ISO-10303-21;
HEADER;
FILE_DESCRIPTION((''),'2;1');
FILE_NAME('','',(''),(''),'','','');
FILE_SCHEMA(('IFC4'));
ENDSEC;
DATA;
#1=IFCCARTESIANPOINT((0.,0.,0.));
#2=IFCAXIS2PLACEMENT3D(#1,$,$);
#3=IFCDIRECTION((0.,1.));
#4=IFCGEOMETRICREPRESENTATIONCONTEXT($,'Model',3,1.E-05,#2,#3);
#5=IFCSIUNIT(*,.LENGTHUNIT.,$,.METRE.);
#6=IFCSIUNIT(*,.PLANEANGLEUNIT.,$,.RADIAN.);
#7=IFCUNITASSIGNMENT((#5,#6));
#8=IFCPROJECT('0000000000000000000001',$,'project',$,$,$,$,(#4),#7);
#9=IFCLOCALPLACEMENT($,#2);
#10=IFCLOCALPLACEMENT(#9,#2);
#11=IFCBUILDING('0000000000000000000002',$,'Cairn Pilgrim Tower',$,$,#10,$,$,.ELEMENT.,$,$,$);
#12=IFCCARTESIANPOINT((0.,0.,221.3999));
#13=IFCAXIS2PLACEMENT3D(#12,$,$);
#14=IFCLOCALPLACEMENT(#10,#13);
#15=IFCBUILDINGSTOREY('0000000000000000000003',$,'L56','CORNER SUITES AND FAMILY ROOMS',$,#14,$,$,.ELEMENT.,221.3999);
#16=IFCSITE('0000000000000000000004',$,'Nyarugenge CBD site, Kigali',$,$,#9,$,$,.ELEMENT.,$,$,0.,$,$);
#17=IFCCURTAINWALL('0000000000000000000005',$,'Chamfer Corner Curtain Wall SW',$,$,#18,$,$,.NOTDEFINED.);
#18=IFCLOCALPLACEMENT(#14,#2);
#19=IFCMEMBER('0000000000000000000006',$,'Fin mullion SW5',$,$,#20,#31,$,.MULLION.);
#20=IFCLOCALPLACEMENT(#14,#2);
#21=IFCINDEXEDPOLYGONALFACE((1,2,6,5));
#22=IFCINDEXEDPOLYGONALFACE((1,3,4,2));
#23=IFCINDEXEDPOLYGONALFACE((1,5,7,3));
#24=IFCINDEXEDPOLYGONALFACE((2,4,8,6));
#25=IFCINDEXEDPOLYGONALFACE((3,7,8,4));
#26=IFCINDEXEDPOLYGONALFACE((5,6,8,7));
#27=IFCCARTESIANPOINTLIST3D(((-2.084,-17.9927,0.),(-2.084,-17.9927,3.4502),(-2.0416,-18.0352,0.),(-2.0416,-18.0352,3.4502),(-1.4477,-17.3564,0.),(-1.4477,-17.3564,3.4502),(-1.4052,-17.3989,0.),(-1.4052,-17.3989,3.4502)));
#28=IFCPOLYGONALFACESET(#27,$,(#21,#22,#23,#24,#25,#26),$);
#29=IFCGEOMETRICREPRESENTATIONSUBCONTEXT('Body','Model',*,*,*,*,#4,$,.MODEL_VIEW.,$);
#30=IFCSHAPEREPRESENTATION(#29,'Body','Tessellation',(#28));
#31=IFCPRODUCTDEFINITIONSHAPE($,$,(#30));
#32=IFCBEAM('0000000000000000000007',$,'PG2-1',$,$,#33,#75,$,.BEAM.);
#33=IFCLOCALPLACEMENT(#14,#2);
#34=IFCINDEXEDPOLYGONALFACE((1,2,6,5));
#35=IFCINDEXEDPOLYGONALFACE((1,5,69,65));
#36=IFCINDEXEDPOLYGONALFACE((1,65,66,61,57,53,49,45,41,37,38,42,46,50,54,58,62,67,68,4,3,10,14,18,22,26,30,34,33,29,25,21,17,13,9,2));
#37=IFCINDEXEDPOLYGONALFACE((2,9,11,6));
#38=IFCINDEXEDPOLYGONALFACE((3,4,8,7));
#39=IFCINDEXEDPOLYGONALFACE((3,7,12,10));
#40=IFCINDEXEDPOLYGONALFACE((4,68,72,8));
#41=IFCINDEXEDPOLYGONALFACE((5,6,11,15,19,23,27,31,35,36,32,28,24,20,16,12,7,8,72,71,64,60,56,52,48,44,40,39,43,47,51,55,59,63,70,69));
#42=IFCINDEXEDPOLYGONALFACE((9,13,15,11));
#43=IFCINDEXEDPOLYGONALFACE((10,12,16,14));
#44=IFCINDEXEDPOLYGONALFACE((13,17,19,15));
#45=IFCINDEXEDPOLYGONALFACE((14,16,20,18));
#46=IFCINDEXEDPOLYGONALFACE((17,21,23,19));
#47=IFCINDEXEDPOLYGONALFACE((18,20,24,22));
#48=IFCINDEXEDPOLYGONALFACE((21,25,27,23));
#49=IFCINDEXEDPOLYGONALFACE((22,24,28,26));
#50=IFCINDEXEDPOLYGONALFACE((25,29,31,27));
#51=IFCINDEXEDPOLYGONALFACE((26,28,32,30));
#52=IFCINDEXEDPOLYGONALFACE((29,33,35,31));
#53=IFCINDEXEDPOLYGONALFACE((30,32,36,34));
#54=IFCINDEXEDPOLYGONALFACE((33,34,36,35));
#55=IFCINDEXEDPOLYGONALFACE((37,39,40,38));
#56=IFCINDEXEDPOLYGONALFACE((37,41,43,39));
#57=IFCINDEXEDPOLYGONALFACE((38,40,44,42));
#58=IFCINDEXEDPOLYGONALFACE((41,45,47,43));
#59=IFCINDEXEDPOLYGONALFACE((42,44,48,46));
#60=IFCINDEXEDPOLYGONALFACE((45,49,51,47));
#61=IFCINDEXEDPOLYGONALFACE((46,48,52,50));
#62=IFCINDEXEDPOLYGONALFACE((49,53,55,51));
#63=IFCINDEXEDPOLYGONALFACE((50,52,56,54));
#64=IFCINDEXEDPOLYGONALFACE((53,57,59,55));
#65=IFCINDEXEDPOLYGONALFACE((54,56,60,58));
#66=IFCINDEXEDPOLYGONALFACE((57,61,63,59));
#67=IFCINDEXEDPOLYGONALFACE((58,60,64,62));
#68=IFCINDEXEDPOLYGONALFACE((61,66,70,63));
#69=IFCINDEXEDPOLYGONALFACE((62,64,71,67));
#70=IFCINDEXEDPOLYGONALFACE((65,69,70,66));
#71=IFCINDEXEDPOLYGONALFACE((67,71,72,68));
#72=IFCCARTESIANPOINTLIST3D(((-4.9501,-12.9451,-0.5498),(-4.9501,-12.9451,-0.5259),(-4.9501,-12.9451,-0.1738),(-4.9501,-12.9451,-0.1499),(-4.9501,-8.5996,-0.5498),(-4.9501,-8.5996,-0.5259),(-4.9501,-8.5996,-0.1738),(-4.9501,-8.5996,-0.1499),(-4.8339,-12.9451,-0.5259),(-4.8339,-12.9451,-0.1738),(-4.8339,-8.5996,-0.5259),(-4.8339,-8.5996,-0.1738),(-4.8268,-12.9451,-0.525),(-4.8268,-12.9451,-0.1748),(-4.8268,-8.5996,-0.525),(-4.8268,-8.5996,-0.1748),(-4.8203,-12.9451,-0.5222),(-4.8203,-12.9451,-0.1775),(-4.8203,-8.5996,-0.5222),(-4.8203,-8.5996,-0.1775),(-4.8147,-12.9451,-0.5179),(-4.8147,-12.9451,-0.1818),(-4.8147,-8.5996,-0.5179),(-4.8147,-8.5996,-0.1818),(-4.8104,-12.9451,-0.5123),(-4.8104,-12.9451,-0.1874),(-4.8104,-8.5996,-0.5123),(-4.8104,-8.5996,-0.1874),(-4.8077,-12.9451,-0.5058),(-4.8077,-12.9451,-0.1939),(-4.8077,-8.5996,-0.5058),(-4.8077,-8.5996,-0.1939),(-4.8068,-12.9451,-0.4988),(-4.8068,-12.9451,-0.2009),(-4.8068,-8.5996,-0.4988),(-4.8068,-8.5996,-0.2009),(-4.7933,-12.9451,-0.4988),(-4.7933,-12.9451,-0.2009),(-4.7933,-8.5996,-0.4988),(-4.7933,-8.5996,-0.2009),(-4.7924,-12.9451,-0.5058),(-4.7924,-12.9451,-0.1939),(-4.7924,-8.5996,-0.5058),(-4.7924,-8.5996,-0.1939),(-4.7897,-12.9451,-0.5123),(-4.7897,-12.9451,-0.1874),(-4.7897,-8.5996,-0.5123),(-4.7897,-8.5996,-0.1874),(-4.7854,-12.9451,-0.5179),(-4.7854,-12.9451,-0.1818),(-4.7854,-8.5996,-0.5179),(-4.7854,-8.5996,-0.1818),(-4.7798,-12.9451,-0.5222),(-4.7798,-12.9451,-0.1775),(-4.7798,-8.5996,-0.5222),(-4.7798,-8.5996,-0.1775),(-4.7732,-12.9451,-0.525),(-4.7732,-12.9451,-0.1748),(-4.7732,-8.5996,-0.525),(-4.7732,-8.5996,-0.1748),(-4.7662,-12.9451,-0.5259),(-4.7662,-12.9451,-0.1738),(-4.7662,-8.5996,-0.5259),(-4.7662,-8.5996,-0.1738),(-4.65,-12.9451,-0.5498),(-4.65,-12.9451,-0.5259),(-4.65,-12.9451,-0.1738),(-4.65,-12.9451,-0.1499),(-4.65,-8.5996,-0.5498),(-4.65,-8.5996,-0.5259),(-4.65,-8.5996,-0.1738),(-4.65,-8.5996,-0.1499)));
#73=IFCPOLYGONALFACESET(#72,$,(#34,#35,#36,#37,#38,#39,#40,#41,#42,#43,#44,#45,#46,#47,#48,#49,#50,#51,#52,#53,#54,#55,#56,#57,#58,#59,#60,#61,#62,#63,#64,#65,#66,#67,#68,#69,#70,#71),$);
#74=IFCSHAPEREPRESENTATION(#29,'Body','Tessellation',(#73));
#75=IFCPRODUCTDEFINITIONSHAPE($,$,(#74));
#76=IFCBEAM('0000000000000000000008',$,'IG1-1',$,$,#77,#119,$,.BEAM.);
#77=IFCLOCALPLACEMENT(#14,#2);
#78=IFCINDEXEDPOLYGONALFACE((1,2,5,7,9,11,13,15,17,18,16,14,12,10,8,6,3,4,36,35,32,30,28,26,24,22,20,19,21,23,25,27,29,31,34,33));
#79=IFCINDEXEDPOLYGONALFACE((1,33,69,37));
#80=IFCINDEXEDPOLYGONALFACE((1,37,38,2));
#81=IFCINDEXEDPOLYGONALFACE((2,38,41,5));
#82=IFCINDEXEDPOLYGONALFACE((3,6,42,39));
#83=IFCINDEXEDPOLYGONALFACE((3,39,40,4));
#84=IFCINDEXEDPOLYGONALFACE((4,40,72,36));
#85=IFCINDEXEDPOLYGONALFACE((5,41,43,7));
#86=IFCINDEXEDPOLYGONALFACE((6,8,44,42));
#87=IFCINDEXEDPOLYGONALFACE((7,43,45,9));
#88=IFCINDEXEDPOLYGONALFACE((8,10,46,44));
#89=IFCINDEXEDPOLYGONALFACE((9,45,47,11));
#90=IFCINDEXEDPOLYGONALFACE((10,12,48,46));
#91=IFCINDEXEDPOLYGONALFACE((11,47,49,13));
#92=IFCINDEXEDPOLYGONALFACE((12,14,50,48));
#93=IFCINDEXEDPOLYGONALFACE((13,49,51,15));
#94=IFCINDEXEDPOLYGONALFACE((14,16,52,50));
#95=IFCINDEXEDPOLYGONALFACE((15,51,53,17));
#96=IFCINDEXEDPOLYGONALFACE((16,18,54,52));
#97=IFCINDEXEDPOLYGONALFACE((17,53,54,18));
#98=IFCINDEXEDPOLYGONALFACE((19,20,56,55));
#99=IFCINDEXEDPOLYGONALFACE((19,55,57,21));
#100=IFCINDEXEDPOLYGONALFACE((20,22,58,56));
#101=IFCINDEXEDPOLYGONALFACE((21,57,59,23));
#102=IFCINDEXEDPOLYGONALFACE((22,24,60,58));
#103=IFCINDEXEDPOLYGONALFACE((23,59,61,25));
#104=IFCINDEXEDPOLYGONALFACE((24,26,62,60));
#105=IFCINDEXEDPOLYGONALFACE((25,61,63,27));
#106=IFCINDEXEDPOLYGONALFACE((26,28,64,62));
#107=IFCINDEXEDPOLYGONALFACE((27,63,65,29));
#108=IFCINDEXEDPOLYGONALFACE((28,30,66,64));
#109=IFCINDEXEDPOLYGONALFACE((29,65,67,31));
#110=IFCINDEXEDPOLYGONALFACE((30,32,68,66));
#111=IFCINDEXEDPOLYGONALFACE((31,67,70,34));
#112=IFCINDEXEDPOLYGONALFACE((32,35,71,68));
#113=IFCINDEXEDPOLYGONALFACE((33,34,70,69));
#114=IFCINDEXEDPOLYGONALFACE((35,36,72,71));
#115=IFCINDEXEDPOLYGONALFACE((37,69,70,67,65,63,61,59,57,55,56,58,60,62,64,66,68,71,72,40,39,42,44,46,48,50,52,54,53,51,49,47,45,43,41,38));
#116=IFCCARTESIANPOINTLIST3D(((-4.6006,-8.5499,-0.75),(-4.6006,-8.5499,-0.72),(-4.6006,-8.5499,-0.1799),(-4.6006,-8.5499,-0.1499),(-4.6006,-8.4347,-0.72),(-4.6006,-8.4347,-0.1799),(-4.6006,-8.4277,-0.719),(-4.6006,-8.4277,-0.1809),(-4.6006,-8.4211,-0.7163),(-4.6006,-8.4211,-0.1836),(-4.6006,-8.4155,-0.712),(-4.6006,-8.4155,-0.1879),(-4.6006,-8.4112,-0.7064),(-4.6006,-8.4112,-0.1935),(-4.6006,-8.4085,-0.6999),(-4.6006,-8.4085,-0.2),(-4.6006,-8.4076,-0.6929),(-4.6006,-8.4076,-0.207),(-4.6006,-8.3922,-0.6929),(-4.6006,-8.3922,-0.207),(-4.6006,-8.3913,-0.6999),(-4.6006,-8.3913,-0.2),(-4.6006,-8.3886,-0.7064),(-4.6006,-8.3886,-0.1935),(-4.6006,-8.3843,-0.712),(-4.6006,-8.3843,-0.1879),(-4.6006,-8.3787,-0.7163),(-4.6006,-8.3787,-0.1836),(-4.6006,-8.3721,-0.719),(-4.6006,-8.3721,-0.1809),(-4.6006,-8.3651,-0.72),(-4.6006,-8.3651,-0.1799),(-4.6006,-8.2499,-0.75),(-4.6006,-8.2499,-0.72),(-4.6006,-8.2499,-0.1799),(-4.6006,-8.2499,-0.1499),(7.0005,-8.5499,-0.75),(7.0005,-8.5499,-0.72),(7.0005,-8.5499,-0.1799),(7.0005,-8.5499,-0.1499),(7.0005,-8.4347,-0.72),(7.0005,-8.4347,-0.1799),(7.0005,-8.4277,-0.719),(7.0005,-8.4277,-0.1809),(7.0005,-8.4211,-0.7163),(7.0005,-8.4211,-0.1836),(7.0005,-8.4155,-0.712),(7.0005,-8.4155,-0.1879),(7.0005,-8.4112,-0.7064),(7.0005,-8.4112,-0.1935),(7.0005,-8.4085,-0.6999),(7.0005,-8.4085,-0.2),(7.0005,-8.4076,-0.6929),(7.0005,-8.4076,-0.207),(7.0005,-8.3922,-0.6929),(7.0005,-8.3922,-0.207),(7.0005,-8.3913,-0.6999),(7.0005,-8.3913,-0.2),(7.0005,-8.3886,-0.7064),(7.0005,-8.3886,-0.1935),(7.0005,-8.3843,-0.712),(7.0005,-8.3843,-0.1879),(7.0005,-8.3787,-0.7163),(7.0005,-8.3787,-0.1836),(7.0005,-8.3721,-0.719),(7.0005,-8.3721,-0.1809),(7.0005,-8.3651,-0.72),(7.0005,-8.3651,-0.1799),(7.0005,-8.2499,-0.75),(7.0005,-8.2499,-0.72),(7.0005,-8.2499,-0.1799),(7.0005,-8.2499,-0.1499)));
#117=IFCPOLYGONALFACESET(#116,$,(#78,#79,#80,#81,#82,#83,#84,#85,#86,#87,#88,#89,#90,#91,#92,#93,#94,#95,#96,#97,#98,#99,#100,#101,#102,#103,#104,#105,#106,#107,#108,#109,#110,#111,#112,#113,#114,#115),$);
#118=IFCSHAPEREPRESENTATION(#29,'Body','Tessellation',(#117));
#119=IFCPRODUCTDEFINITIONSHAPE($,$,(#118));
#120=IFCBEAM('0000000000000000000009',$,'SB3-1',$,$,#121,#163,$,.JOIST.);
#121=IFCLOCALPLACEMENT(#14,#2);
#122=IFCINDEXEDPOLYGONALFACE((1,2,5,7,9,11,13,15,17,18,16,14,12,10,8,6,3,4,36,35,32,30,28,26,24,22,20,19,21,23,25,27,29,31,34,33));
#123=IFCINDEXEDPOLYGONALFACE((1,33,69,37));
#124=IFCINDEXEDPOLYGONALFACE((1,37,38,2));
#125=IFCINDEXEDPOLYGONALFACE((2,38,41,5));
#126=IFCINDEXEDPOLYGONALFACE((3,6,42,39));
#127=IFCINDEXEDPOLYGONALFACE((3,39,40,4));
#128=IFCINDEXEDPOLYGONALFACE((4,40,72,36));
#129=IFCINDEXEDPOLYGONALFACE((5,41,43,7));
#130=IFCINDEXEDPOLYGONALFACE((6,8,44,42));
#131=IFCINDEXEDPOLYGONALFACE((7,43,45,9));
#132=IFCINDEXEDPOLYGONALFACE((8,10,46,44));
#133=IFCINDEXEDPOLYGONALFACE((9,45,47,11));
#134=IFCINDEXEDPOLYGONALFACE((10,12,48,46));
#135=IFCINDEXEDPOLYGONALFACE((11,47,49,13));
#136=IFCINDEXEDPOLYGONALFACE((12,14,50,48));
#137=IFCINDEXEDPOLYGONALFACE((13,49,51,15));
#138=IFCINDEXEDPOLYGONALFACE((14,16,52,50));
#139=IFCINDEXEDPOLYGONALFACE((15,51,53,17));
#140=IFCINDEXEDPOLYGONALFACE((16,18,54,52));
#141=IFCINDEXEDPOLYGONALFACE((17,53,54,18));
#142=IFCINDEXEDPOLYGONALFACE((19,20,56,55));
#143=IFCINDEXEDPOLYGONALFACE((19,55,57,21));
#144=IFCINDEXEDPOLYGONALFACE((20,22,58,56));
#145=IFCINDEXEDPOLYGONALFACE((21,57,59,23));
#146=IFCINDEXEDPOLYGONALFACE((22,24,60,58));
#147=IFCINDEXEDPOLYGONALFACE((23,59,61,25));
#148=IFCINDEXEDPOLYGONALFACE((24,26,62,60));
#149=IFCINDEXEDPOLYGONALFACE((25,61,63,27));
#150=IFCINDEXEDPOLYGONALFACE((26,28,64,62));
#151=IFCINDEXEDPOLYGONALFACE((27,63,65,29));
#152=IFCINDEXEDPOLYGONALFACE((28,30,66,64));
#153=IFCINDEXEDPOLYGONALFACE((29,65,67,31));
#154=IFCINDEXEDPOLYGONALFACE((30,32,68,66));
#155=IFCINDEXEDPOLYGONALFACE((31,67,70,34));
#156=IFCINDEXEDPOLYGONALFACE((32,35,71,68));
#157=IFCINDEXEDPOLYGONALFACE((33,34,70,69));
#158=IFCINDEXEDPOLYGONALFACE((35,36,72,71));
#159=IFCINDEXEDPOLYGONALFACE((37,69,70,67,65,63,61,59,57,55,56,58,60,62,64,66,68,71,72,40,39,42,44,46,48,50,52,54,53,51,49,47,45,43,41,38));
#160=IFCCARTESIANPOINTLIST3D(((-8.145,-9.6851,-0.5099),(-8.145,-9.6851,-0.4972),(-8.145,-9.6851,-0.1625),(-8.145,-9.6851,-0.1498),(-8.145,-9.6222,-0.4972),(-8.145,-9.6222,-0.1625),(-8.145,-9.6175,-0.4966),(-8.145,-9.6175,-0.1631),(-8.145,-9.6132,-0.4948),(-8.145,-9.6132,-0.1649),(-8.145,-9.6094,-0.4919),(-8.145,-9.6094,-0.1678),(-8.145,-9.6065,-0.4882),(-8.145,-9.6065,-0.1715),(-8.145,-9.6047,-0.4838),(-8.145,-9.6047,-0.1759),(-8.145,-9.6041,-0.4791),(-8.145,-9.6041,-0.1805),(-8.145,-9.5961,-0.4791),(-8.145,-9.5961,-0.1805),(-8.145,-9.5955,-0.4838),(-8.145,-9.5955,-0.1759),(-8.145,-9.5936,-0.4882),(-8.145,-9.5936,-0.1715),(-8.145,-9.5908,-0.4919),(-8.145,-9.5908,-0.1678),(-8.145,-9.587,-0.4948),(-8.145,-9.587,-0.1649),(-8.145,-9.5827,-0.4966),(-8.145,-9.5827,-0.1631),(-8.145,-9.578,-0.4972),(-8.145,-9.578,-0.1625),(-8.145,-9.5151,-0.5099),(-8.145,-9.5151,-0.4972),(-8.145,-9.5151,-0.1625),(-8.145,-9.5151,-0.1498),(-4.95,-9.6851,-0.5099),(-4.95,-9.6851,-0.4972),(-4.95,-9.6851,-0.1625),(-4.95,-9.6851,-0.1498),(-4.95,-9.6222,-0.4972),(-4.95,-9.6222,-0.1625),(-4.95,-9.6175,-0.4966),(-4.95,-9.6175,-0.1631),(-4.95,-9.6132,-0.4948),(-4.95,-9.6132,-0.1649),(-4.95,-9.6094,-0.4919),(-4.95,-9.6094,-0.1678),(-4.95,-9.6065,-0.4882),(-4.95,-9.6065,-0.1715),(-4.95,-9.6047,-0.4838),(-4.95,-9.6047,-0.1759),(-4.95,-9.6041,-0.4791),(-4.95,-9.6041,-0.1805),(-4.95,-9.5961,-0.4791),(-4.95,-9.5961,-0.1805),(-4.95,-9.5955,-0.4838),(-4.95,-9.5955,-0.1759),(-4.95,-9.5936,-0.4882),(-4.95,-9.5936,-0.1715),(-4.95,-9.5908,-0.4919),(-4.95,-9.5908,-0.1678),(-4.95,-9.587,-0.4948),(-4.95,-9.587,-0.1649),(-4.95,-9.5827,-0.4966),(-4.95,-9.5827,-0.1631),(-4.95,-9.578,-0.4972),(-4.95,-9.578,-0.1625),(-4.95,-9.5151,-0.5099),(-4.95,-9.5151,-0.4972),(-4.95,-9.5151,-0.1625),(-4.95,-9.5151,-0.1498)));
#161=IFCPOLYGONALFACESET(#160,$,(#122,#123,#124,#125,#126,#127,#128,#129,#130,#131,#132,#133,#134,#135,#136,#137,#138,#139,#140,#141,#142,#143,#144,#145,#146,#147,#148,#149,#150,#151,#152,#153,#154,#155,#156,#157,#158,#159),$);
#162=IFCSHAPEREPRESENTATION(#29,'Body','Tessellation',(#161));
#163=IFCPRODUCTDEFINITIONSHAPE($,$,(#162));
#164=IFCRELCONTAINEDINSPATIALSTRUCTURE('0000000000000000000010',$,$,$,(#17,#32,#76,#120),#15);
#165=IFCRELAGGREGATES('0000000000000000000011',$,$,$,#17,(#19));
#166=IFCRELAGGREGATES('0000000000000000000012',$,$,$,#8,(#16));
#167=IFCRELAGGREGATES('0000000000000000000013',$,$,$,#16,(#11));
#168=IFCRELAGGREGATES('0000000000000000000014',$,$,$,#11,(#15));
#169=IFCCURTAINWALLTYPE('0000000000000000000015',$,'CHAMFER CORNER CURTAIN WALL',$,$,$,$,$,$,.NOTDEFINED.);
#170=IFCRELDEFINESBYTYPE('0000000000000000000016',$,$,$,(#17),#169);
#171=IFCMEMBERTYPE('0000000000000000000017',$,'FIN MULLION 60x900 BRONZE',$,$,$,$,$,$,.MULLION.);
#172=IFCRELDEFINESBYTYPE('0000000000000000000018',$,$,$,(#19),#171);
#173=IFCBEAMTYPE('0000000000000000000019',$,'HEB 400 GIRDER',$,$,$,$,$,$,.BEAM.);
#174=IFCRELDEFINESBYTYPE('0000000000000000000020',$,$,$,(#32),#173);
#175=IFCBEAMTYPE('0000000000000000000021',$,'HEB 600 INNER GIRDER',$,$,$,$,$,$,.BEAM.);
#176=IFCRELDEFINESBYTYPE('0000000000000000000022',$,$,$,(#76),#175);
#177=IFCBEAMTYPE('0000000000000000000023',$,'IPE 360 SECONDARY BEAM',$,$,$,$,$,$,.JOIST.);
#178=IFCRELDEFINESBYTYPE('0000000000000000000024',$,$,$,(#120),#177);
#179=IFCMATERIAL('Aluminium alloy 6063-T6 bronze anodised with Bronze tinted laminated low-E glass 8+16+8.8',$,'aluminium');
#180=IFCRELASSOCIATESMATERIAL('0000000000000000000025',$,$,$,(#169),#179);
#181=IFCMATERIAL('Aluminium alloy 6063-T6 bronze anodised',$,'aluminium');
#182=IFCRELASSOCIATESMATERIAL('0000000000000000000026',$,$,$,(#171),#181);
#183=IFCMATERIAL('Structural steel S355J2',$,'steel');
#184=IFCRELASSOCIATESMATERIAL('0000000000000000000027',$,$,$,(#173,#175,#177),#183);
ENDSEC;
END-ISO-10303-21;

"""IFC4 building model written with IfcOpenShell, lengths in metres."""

from ifc_helpers import new_model, si_unit, direction, frame, origin, origin_2d, place, context, subcontext, project, spatial, rectangle, i_section, extrude, material, material_profile, profile_set, type_object, element, aggregate, save


model = new_model("IFC4")

# Units and contexts
model_context = context("Model", 3, precision=1e-05, world=origin(), true_north=direction((0.0, 1.0)))
body_context = subcontext(model_context, "Body", "Model", "MODEL_VIEW")
ifc_project = project(units=[si_unit("LENGTHUNIT", "METRE"), si_unit("PLANEANGLEUNIT", "RADIAN")], contexts=[model_context])

# Site, building, storey
site_placement = place(None, origin())
site = spatial("IfcSite", under=ifc_project, at=site_placement, Name="Nyarugenge CBD site, Kigali", CompositionType="ELEMENT", RefElevation=0.0)
building_placement = place(site_placement, origin())
building = spatial("IfcBuilding", under=site, at=building_placement, Name="Cairn Pilgrim Tower", CompositionType="ELEMENT")
storey_placement = place(building_placement, frame((0.0, 0.0, 221.3999)))
storey = spatial("IfcBuildingStorey", under=building, at=storey_placement, Name="L56", Description="CORNER SUITES AND FAMILY ROOMS", CompositionType="ELEMENT", Elevation=221.3999)

# Shared definitions
ifc_material_1 = material(Name="Structural steel S355J2", Category="steel")

# Curtain wall, member
ifc_material_2 = material(Name="Aluminium alloy 6063-T6 bronze anodised with Bronze tinted laminated low-E glass 8+16+8.8", Category="aluminium")
curtain_wall_type = type_object("IfcCurtainWallType", Name="CHAMFER CORNER CURTAIN WALL", PredefinedType="NOTDEFINED", material=ifc_material_2)
curtain_wall_placement = place(storey_placement, origin())
curtain_wall = element("IfcCurtainWall", 1, at=curtain_wall_placement, inside=storey, type_object=curtain_wall_type, Name="Chamfer Corner Curtain Wall SW", PredefinedType="NOTDEFINED")
ifc_material_3 = material(Name="Aluminium alloy 6063-T6 bronze anodised", Category="aluminium")
ifc_material_profile_1 = material_profile(ifc_material_3, rectangle(XDim=0.8999, YDim=0.0601, at=origin_2d()), Name="FIN MULLION 60x900 BRONZE")
ifc_profile_set_1 = profile_set([ifc_material_profile_1], Name="Aluminium alloy 6063-T6 bronze anodised")
member_type_1 = type_object("IfcMemberType", Name="FIN MULLION 60x900 BRONZE", PredefinedType="MULLION", material=ifc_profile_set_1)
member_1_placement = place(storey_placement, frame((-1.7446, -17.6958, 0.0), z_axis=(0.0, 0.0, 1.0), x_axis=(-0.707107, -0.707107, 0.0)))
member_1 = element("IfcMember", 2, at=member_1_placement, type_object=member_type_1, Name="Fin mullion SW5", PredefinedType="MULLION", context=body_context, shape_type="SweptSolid", body=[
    extrude(rectangle(XDim=0.8999, YDim=0.0601, at=origin_2d()), origin(), (0.0, 0.0, 1.0), 3.4502),
])

# Beams
ifc_material_profile_2 = material_profile(ifc_material_1, i_section(OverallWidth=0.3, OverallDepth=0.3999, WebThickness=0.0134, FlangeThickness=0.0239, FilletRadius=0.0271, at=origin_2d()), Name="HEB 400")
ifc_profile_set_2 = profile_set([ifc_material_profile_2], Name="Structural steel S355J2")
beam_type_1 = type_object("IfcBeamType", Name="HEB 400 GIRDER", PredefinedType="BEAM", material=ifc_profile_set_2)
beam_1_placement = place(storey_placement, frame((-4.8, -12.9451, -0.3499), z_axis=(0.0, 1.0, 0.0), x_axis=(-1.0, 0.0, 0.0)))
element("IfcBeam", 3, at=beam_1_placement, inside=storey, type_object=beam_type_1, Name="PG2-1", PredefinedType="BEAM", context=body_context, shape_type="SweptSolid", body=[
    extrude(i_section(OverallWidth=0.3, OverallDepth=0.3999, WebThickness=0.0134, FlangeThickness=0.0239, FilletRadius=0.0271, at=origin_2d()), origin(), (0.0, 0.0, 1.0), 4.3455),
])
ifc_material_profile_3 = material_profile(ifc_material_1, i_section(OverallWidth=0.3, OverallDepth=0.6001, WebThickness=0.0154, FlangeThickness=0.03, FilletRadius=0.0271, at=origin_2d()), Name="HEB 600")
ifc_profile_set_3 = profile_set([ifc_material_profile_3], Name="Structural steel S355J2")
beam_type_2 = type_object("IfcBeamType", Name="HEB 600 INNER GIRDER", PredefinedType="BEAM", material=ifc_profile_set_3)
beam_2_placement = place(storey_placement, frame((-4.6006, -8.3999, -0.45), z_axis=(1.0, 0.0, 0.0), x_axis=(0.0, 1.0, 0.0)))
element("IfcBeam", 4, at=beam_2_placement, inside=storey, type_object=beam_type_2, Name="IG1-1", PredefinedType="BEAM", context=body_context, shape_type="SweptSolid", body=[
    extrude(i_section(OverallWidth=0.3, OverallDepth=0.6001, WebThickness=0.0154, FlangeThickness=0.03, FilletRadius=0.0271, at=origin_2d()), origin(), (0.0, 0.0, 1.0), 11.6011),
])
ifc_material_profile_4 = material_profile(ifc_material_1, i_section(OverallWidth=0.1699, OverallDepth=0.3601, WebThickness=0.0081, FlangeThickness=0.0127, FilletRadius=0.0181, at=origin_2d()), Name="IPE 360")
ifc_profile_set_4 = profile_set([ifc_material_profile_4], Name="Structural steel S355J2")
beam_type_3 = type_object("IfcBeamType", Name="IPE 360 SECONDARY BEAM", PredefinedType="JOIST", material=ifc_profile_set_4)
beam_3_placement = place(storey_placement, frame((-8.145, -9.6001, -0.3298), z_axis=(1.0, 0.0, 0.0), x_axis=(0.0, 1.0, 0.0)))
element("IfcBeam", 5, at=beam_3_placement, inside=storey, type_object=beam_type_3, Name="SB3-1", PredefinedType="JOIST", context=body_context, shape_type="SweptSolid", body=[
    extrude(i_section(OverallWidth=0.1699, OverallDepth=0.3601, WebThickness=0.0081, FlangeThickness=0.0127, FilletRadius=0.0181, at=origin_2d()), origin(), (0.0, 0.0, 1.0), 3.1951),
])

aggregate(curtain_wall, [member_1])

save(model, "model.ifc")
